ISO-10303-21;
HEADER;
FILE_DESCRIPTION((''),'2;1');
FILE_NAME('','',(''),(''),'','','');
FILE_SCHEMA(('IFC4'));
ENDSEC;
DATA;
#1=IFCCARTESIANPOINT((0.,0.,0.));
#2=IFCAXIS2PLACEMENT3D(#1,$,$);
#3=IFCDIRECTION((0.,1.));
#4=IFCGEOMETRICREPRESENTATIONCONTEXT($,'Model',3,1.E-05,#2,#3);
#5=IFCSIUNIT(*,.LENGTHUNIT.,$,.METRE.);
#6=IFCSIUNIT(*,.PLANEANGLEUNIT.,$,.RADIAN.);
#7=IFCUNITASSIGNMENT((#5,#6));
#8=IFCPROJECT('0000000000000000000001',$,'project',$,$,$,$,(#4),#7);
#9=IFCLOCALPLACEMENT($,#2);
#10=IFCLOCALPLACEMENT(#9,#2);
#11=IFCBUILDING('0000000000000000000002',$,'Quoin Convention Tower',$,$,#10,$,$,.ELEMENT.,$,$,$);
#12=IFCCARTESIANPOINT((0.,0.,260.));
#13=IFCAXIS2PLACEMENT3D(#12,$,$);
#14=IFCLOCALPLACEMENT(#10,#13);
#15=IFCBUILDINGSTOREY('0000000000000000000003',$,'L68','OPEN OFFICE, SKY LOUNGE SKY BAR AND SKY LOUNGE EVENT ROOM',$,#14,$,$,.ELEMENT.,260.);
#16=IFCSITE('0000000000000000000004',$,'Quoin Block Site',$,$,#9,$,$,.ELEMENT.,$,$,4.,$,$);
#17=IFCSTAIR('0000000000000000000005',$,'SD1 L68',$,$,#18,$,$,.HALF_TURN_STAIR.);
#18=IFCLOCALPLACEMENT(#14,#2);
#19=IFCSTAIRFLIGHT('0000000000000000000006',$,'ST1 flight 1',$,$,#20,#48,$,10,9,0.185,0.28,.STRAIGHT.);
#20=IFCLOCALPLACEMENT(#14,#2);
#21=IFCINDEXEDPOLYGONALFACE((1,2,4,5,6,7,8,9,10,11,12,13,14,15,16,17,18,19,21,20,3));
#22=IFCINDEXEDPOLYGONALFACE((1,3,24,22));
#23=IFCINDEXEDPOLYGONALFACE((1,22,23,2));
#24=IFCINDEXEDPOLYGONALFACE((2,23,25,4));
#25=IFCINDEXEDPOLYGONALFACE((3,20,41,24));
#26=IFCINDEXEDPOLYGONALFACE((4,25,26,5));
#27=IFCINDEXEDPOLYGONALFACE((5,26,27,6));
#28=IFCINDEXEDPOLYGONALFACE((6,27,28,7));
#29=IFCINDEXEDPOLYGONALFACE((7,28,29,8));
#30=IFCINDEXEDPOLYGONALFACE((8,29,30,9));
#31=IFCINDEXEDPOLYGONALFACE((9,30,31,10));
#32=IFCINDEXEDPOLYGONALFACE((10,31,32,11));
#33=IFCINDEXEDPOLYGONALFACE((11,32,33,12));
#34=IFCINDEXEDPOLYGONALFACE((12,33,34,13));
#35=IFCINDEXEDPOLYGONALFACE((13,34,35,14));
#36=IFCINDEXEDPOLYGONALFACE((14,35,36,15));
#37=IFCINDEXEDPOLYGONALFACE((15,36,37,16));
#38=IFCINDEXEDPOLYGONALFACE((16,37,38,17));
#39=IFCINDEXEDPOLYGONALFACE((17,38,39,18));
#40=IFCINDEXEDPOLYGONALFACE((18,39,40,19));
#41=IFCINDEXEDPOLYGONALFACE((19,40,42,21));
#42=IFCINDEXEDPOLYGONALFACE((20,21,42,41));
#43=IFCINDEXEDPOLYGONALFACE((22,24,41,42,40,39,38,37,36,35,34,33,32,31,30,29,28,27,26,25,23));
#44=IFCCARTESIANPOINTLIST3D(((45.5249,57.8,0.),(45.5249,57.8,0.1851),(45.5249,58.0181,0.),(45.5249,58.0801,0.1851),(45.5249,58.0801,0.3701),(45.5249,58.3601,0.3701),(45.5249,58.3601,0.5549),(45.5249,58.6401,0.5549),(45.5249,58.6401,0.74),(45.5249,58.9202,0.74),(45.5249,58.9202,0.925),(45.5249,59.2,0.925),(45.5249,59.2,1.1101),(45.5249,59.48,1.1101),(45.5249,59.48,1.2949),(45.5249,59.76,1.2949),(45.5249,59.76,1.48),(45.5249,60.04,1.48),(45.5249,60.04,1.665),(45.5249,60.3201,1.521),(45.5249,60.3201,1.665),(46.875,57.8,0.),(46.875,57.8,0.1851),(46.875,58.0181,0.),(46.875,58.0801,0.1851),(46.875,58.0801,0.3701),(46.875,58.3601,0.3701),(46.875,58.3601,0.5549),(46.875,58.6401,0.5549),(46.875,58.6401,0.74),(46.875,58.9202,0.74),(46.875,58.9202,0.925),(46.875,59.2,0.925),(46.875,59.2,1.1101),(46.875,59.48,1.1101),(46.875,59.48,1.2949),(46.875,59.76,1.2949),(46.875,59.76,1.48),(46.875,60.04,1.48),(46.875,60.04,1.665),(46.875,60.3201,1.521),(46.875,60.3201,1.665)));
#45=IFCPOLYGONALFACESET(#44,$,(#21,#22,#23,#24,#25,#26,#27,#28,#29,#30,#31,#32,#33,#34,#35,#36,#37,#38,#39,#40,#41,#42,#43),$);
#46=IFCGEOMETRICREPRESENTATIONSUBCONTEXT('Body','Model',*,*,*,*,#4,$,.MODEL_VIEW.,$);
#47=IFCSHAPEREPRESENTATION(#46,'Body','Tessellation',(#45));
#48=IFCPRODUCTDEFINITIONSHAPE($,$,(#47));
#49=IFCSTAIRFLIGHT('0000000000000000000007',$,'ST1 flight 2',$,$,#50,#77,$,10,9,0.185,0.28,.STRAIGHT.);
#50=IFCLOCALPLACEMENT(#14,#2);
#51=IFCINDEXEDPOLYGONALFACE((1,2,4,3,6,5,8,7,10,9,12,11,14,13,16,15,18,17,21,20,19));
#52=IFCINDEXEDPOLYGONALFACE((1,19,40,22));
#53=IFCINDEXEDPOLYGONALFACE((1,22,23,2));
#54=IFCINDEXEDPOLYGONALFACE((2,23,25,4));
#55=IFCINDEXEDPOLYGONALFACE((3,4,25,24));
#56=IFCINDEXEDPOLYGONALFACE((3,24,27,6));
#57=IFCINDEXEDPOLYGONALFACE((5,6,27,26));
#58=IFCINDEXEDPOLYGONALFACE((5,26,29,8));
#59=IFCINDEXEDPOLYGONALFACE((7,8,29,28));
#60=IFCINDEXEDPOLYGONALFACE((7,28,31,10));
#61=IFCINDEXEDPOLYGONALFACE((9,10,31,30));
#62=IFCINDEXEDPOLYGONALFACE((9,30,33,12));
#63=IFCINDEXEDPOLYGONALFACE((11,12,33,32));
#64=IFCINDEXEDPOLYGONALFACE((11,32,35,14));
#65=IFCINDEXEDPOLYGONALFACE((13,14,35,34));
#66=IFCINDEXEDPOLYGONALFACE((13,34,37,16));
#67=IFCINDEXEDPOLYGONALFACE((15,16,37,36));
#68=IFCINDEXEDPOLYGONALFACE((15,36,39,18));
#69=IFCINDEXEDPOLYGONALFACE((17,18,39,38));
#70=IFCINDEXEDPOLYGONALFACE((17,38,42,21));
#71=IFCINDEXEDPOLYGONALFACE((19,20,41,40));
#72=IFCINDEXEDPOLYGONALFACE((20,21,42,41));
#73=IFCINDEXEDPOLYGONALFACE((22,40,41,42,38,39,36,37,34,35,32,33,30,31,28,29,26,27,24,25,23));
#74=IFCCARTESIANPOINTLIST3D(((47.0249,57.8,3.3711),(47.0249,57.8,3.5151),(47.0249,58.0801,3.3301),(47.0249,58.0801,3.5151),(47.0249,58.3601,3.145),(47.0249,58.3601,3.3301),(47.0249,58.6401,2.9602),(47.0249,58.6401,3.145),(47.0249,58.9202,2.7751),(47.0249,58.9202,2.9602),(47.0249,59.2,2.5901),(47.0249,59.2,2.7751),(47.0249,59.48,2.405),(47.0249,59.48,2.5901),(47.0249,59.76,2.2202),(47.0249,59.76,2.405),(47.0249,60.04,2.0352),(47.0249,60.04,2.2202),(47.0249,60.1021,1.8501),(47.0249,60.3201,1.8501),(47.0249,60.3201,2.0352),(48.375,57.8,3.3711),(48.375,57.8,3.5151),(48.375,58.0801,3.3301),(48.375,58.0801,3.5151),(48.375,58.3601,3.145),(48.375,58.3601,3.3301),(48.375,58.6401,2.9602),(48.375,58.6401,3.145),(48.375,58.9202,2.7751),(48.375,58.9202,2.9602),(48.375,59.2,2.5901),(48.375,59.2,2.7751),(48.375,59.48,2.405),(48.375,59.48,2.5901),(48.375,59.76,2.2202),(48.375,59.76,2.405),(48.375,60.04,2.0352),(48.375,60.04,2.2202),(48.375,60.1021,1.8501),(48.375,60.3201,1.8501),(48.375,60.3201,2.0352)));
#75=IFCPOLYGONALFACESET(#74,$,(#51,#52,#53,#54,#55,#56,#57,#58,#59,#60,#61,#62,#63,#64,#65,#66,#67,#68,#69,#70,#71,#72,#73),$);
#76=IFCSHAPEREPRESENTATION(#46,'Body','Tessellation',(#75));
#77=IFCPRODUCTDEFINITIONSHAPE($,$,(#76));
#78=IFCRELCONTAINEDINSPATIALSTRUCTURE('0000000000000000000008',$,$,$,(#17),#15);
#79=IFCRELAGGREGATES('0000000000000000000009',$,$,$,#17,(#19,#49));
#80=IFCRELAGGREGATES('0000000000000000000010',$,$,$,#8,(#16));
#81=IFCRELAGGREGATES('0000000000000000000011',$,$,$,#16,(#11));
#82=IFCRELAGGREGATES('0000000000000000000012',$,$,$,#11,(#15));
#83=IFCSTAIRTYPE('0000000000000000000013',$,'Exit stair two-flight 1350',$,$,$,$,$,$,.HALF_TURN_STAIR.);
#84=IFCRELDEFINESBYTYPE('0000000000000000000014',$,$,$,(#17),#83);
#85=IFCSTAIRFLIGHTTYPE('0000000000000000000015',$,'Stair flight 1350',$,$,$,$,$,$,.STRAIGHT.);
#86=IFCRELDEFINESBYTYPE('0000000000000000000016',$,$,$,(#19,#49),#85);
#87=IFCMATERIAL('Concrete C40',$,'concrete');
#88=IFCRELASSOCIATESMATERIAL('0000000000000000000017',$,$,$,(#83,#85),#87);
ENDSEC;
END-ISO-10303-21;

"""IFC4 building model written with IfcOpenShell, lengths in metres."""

from ifc_helpers import new_model, si_unit, direction, frame, origin, place, context, subcontext, project, spatial, polyline, outline, extrude, material, type_object, element, aggregate, save


model = new_model("IFC4")

# Units and contexts
model_context = context("Model", 3, precision=1e-05, world=origin(), true_north=direction((0.0, 1.0)))
body_context = subcontext(model_context, "Body", "Model", "MODEL_VIEW")
ifc_project = project(units=[si_unit("LENGTHUNIT", "METRE"), si_unit("PLANEANGLEUNIT", "RADIAN")], contexts=[model_context])

# Site, building, storey
site_placement = place(None, origin())
site = spatial("IfcSite", under=ifc_project, at=site_placement, Name="Quoin Block Site", CompositionType="ELEMENT", RefElevation=4.0)
building_placement = place(site_placement, origin())
building = spatial("IfcBuilding", under=site, at=building_placement, Name="Quoin Convention Tower", CompositionType="ELEMENT")
storey_placement = place(building_placement, frame((0.0, 0.0, 260.0)))
storey = spatial("IfcBuildingStorey", under=building, at=storey_placement, Name="L68", Description="OPEN OFFICE, SKY LOUNGE SKY BAR AND SKY LOUNGE EVENT ROOM", CompositionType="ELEMENT", Elevation=260.0)

# Stair, stair flights
ifc_material_1 = material(Name="Concrete C40", Category="concrete")
stair_type = type_object("IfcStairType", Name="Exit stair two-flight 1350", PredefinedType="HALF_TURN_STAIR", material=ifc_material_1)
stair_placement = place(storey_placement, origin())
stair = element("IfcStair", 1, at=stair_placement, inside=storey, type_object=stair_type, Name="SD1 L68", PredefinedType="HALF_TURN_STAIR")
stair_flight_type = type_object("IfcStairFlightType", Name="Stair flight 1350", PredefinedType="STRAIGHT", material=ifc_material_1)
stair_flight_1_placement = place(storey_placement, frame((46.2, 57.8, 0.0), z_axis=(0.0, 0.0, 1.0), x_axis=(0.0, 1.0, 0.0)))
stair_flight_1 = element("IfcStairFlight", 2, at=stair_flight_1_placement, type_object=stair_flight_type, Name="ST1 flight 1", NumberOfRisers=10, NumberOfTreads=9, PredefinedType="STRAIGHT", RiserHeight=0.185, TreadLength=0.28, context=body_context, shape_type="SweptSolid", body=[
    extrude(outline(polyline([(0.0, 0.0), (0.0, 0.1851), (0.28, 0.1851), (0.28, 0.3701), (0.5601, 0.3701), (0.5601, 0.5549), (0.8401, 0.5549), (0.8401, 0.74), (1.1201, 0.74), (1.1201, 0.925), (1.3999, 0.925), (1.3999, 1.1101), (1.6799, 1.1101), (1.6799, 1.2949), (1.96, 1.2949), (1.96, 1.48), (2.24, 1.48), (2.24, 1.665), (2.52, 1.665), (2.52, 1.8501), (2.52, 1.521), (0.218, 0.0), (0.0, 0.0)])), frame((0.0, 0.675, 0.0), z_axis=(0.0, -1.0, 0.0), x_axis=(1.0, 0.0, 0.0)), (0.0, 0.0, 1.0), 1.3501),
])
stair_flight_2_placement = place(storey_placement, frame((47.7, 60.3201, 1.8501), z_axis=(0.0, 0.0, 1.0), x_axis=(0.0, -1.0, 0.0)))
stair_flight_2 = element("IfcStairFlight", 3, at=stair_flight_2_placement, type_object=stair_flight_type, Name="ST1 flight 2", NumberOfRisers=10, NumberOfTreads=9, PredefinedType="STRAIGHT", RiserHeight=0.185, TreadLength=0.28, context=body_context, shape_type="SweptSolid", body=[
    extrude(outline(polyline([(0.0, 0.0), (0.0, 0.1851), (0.28, 0.1851), (0.28, 0.3701), (0.5601, 0.3701), (0.5601, 0.5549), (0.8401, 0.5549), (0.8401, 0.74), (1.1201, 0.74), (1.1201, 0.925), (1.3999, 0.925), (1.3999, 1.1101), (1.6799, 1.1101), (1.6799, 1.2949), (1.96, 1.2949), (1.96, 1.48), (2.24, 1.48), (2.24, 1.665), (2.52, 1.665), (2.52, 1.8501), (2.52, 1.521), (0.218, 0.0), (0.0, 0.0)])), frame((0.0, 0.675, 0.0), z_axis=(0.0, -1.0, 0.0), x_axis=(1.0, 0.0, 0.0)), (0.0, 0.0, 1.0), 1.3501),
])
aggregate(stair, [stair_flight_1, stair_flight_2])

save(model, "model.ifc")
